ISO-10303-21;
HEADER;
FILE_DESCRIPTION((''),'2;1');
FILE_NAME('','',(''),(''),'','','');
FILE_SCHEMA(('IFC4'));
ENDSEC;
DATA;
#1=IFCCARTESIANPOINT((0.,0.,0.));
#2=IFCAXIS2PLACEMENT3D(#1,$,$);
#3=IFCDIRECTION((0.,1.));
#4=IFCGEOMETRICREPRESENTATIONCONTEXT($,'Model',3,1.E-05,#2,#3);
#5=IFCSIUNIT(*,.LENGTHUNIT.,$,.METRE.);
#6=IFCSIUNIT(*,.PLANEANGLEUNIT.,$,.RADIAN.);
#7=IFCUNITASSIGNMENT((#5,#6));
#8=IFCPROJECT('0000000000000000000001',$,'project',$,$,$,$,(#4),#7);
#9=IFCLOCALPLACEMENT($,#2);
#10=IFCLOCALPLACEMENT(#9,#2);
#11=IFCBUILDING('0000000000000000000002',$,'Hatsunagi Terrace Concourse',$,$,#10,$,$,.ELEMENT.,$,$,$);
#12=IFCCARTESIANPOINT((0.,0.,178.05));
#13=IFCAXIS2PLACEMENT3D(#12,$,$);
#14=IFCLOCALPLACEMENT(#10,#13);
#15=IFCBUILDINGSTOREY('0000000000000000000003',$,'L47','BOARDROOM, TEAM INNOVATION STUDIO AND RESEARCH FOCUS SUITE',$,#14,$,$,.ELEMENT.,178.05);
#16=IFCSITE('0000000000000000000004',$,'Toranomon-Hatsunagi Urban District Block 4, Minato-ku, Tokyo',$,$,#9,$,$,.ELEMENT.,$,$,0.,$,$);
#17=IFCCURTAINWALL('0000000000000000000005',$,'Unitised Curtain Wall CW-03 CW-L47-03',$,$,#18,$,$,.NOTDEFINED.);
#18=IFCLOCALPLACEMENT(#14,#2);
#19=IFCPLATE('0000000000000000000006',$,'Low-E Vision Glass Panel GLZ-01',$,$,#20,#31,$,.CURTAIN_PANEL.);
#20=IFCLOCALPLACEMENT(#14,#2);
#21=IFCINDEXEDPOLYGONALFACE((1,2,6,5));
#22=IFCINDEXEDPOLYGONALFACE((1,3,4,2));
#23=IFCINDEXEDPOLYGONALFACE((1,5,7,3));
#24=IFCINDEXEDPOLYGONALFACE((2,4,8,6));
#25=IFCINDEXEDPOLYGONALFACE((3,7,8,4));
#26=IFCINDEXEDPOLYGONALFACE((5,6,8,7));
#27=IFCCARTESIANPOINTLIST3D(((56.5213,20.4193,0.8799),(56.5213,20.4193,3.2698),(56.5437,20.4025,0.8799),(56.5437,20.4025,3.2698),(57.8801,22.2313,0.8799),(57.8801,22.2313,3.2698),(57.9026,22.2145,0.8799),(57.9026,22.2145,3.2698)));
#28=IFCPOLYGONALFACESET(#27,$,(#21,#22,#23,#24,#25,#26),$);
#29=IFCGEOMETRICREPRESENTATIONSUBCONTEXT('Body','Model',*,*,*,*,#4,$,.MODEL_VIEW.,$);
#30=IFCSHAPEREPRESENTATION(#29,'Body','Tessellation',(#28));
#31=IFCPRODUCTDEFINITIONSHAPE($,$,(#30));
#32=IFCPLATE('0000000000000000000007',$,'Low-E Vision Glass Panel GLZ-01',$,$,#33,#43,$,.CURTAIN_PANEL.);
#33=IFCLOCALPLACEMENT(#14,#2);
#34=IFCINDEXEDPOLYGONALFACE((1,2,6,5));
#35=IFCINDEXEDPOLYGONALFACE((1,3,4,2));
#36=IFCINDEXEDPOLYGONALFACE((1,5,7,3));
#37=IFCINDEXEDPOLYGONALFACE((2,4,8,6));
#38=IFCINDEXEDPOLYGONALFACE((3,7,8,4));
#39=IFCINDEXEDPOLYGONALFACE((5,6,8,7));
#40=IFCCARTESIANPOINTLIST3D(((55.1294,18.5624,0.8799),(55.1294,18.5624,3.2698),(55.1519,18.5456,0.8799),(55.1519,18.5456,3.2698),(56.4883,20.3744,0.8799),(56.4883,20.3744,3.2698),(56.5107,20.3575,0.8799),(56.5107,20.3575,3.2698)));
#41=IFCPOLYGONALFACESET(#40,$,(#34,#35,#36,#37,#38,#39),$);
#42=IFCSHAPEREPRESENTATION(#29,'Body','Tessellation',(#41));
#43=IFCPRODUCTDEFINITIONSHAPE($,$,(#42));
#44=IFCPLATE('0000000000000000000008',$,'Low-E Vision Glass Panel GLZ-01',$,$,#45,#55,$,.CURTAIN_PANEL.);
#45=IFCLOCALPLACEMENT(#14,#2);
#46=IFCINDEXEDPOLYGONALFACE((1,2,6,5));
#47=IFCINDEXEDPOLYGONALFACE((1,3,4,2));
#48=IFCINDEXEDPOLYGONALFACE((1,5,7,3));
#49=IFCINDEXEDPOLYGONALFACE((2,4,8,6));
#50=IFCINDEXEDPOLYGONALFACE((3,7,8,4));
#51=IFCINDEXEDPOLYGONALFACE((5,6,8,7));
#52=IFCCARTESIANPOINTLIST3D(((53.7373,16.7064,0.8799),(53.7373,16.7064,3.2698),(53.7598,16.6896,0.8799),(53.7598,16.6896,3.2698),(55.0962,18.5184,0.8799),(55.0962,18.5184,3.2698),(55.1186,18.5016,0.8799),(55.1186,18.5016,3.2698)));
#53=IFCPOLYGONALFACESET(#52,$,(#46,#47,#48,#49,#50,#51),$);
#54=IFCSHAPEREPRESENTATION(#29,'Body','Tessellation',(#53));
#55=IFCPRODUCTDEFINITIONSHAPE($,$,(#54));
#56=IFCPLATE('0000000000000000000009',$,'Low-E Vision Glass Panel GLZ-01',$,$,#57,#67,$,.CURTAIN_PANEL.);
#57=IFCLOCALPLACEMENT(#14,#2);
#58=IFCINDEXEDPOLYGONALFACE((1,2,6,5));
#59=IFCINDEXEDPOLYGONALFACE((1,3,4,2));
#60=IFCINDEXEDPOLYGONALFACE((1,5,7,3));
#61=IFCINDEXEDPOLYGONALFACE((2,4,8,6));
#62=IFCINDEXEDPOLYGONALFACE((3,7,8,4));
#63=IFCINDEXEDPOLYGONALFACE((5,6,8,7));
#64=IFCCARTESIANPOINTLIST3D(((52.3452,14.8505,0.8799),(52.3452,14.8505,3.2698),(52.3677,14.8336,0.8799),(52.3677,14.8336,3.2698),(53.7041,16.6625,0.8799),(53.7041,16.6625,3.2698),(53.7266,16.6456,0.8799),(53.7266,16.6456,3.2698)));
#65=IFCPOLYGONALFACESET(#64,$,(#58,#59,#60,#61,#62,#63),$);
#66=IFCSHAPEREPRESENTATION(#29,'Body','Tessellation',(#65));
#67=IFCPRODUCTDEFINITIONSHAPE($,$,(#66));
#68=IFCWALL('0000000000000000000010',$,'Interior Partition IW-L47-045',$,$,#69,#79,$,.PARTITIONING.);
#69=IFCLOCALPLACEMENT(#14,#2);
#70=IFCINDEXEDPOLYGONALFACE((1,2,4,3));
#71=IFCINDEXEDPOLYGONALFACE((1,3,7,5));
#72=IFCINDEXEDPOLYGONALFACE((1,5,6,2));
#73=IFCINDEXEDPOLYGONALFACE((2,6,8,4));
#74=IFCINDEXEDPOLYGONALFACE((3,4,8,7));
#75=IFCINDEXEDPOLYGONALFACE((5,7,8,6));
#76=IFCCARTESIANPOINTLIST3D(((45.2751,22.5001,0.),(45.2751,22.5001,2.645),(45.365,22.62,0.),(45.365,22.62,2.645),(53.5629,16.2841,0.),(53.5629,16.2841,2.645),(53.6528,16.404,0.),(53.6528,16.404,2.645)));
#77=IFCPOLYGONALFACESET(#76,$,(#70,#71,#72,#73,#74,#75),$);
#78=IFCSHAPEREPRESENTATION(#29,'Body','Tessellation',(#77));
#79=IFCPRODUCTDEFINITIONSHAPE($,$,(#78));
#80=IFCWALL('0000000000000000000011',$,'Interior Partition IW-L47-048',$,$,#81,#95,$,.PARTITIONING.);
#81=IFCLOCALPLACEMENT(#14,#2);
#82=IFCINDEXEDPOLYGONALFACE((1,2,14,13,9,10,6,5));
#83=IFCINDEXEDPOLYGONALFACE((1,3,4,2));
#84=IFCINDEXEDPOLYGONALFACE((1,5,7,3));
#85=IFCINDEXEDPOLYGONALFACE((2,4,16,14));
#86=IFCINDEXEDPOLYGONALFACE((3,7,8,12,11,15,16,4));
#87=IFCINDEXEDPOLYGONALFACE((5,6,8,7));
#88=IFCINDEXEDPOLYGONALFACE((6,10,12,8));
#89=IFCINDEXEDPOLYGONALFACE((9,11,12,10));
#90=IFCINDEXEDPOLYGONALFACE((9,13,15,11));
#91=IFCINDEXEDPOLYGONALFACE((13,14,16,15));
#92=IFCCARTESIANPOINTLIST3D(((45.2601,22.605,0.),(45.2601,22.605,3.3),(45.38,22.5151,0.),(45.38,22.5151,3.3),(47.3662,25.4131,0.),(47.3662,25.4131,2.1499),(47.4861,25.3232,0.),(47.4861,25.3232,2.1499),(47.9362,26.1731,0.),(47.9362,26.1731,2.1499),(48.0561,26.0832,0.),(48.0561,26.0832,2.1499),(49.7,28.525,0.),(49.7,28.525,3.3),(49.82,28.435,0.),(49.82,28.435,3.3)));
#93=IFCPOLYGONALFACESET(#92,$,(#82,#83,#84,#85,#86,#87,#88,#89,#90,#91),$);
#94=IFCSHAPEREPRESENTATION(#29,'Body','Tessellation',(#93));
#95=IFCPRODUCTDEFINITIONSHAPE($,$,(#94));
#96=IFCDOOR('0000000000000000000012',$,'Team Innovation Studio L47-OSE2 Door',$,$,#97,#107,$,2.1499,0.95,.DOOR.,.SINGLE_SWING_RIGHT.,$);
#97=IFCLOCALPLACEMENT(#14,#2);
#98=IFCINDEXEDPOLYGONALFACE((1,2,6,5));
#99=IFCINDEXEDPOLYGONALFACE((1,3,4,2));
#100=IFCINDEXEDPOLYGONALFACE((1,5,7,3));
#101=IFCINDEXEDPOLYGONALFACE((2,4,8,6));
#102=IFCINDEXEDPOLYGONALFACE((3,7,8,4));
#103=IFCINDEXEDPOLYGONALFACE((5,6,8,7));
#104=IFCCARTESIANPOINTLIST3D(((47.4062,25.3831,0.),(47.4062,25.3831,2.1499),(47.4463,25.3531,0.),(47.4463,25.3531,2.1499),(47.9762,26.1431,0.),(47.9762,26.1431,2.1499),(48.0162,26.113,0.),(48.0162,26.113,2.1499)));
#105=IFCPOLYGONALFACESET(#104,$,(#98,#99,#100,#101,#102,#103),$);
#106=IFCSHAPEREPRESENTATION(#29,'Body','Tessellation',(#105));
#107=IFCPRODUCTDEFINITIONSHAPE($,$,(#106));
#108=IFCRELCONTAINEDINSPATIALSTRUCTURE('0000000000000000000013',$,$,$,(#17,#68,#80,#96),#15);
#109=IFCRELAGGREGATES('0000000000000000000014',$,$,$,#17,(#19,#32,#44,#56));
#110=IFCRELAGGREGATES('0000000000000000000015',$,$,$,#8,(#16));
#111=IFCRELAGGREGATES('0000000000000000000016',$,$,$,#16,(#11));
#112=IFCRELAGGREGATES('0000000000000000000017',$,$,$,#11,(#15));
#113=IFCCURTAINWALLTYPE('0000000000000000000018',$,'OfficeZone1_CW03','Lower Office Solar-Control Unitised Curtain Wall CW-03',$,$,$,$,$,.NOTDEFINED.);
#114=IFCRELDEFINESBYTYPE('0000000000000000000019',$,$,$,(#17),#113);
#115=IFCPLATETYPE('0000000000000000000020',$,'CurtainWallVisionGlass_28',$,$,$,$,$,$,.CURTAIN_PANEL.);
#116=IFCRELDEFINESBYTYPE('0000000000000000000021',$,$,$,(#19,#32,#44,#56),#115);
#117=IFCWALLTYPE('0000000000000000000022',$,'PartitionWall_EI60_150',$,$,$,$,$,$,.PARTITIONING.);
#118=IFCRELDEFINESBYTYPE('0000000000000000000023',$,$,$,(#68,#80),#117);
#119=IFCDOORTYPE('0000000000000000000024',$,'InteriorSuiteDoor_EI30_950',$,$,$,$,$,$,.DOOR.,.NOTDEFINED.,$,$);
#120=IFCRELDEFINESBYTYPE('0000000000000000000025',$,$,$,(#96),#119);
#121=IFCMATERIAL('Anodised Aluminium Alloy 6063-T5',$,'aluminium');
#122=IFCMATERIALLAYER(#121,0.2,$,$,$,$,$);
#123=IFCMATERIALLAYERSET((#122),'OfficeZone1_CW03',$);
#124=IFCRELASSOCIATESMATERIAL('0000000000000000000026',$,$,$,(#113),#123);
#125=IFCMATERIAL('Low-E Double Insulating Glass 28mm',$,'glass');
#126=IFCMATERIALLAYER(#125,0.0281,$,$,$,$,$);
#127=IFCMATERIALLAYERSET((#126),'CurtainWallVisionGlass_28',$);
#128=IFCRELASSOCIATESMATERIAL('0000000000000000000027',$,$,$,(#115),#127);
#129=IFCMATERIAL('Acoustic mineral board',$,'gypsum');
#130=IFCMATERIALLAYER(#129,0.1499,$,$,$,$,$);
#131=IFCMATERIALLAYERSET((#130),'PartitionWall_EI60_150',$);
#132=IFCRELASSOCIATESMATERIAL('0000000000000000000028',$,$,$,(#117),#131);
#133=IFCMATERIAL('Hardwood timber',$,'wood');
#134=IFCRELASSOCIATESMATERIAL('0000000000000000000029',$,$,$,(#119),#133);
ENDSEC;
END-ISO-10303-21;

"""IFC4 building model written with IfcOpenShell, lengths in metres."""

from ifc_helpers import new_model, si_unit, direction, frame, frame_2d, origin, origin_2d, place, context, subcontext, project, spatial, rectangle, extrude, material, layer, layer_set, type_object, element, fill, aggregate, save


model = new_model("IFC4")

# Units and contexts
model_context = context("Model", 3, precision=1e-05, world=origin(), true_north=direction((0.0, 1.0)))
body_context = subcontext(model_context, "Body", "Model", "MODEL_VIEW")
ifc_project = project(units=[si_unit("LENGTHUNIT", "METRE"), si_unit("PLANEANGLEUNIT", "RADIAN")], contexts=[model_context])

# Site, building, storey
site_placement = place(None, origin())
site = spatial("IfcSite", under=ifc_project, at=site_placement, Name="Toranomon-Hatsunagi Urban District Block 4, Minato-ku, Tokyo", CompositionType="ELEMENT", RefElevation=0.0)
building_placement = place(site_placement, origin())
building = spatial("IfcBuilding", under=site, at=building_placement, Name="Hatsunagi Terrace Concourse", CompositionType="ELEMENT")
storey_placement = place(building_placement, frame((0.0, 0.0, 178.05)))
storey = spatial("IfcBuildingStorey", under=building, at=storey_placement, Name="L47", Description="BOARDROOM, TEAM INNOVATION STUDIO AND RESEARCH FOCUS SUITE", CompositionType="ELEMENT", Elevation=178.05)

# Curtain wall
ifc_material_1 = material(Name="Anodised Aluminium Alloy 6063-T5", Category="aluminium")
ifc_layer_1 = layer(ifc_material_1, 0.2)
ifc_layer_set_1 = layer_set([ifc_layer_1], Name="OfficeZone1_CW03")
curtain_wall_type = type_object("IfcCurtainWallType", Name="OfficeZone1_CW03", Description="Lower Office Solar-Control Unitised Curtain Wall CW-03", PredefinedType="NOTDEFINED", material=ifc_layer_set_1)
curtain_wall_placement = place(storey_placement, origin())
curtain_wall = element("IfcCurtainWall", 1, at=curtain_wall_placement, inside=storey, type_object=curtain_wall_type, Name="Unitised Curtain Wall CW-03 CW-L47-03", PredefinedType="NOTDEFINED")

# Plates
ifc_material_2 = material(Name="Low-E Double Insulating Glass 28mm", Category="glass")
ifc_layer_2 = layer(ifc_material_2, 0.0281)
ifc_layer_set_2 = layer_set([ifc_layer_2], Name="CurtainWallVisionGlass_28")
plate_type_1 = type_object("IfcPlateType", Name="CurtainWallVisionGlass_28", PredefinedType="CURTAIN_PANEL", material=ifc_layer_set_2)
plate_1_placement = place(storey_placement, frame((57.2119, 21.3169, 0.8799), z_axis=(0.0, 0.0, 1.0), x_axis=(-0.599969, -0.800023, 0.0)))
plate_1 = element("IfcPlate", 2, at=plate_1_placement, type_object=plate_type_1, Name="Low-E Vision Glass Panel GLZ-01", PredefinedType="CURTAIN_PANEL", context=body_context, shape_type="SweptSolid", body=[
    extrude(rectangle(XDim=2.2649, YDim=0.0281, at=origin_2d()), origin(), (0.0, 0.0, 1.0), 2.3899),
])
plate_2_placement = place(storey_placement, frame((55.8201, 19.46, 0.8799), z_axis=(0.0, 0.0, 1.0), x_axis=(-0.599969, -0.800023, 0.0)))
plate_2 = element("IfcPlate", 3, at=plate_2_placement, type_object=plate_type_1, Name="Low-E Vision Glass Panel GLZ-01", PredefinedType="CURTAIN_PANEL", context=body_context, shape_type="SweptSolid", body=[
    extrude(rectangle(XDim=2.2649, YDim=0.0281, at=origin_2d()), origin(), (0.0, 0.0, 1.0), 2.3899),
])
plate_3_placement = place(storey_placement, frame((54.428, 17.604, 0.8799), z_axis=(0.0, 0.0, 1.0), x_axis=(-0.599969, -0.800023, 0.0)))
plate_3 = element("IfcPlate", 4, at=plate_3_placement, type_object=plate_type_1, Name="Low-E Vision Glass Panel GLZ-01", PredefinedType="CURTAIN_PANEL", context=body_context, shape_type="SweptSolid", body=[
    extrude(rectangle(XDim=2.2649, YDim=0.0281, at=origin_2d()), origin(), (0.0, 0.0, 1.0), 2.3899),
])
plate_4_placement = place(storey_placement, frame((53.0359, 15.748, 0.8799), z_axis=(0.0, 0.0, 1.0), x_axis=(-0.599969, -0.800023, 0.0)))
plate_4 = element("IfcPlate", 5, at=plate_4_placement, type_object=plate_type_1, Name="Low-E Vision Glass Panel GLZ-01", PredefinedType="CURTAIN_PANEL", context=body_context, shape_type="SweptSolid", body=[
    extrude(rectangle(XDim=2.2649, YDim=0.0281, at=origin_2d()), origin(), (0.0, 0.0, 1.0), 2.3899),
])
aggregate(curtain_wall, [plate_1, plate_2, plate_3, plate_4])

# Wall
ifc_material_3 = material(Name="Acoustic mineral board", Category="gypsum")
ifc_layer_3 = layer(ifc_material_3, 0.1499)
ifc_layer_set_3 = layer_set([ifc_layer_3], Name="PartitionWall_EI60_150")
wall_type = type_object("IfcWallType", Name="PartitionWall_EI60_150", PredefinedType="PARTITIONING", material=ifc_layer_set_3)
wall_1_placement = place(storey_placement, frame((45.3201, 22.5601, 0.0), z_axis=(0.0, 0.0, 1.0), x_axis=(0.799992, -0.600011, 0.0)))
element("IfcWall", 6, at=wall_1_placement, inside=storey, type_object=wall_type, Name="Interior Partition IW-L47-045", PredefinedType="PARTITIONING", context=body_context, shape_type="SweptSolid", body=[
    extrude(rectangle(XDim=10.3599, YDim=0.1499, at=frame_2d((5.1799, 0.0))), origin(), (0.0, 0.0, 1.0), 2.645),
])

# Wall, opening, door
wall_2_placement = place(storey_placement, frame((45.3201, 22.5601, 0.0), z_axis=(0.0, 0.0, 1.0), x_axis=(0.6, 0.8, 0.0)))
wall_2 = element("IfcWall", 7, at=wall_2_placement, inside=storey, type_object=wall_type, Name="Interior Partition IW-L47-048", PredefinedType="PARTITIONING", context=body_context, shape_type="SweptSolid", body=[
    extrude(rectangle(XDim=7.3999, YDim=0.1499, at=frame_2d((3.7, 0.0))), origin(), (0.0, 0.0, 1.0), 3.3),
])
opening_placement = place(wall_2_placement, frame((3.51, 0.0, 0.0)))
opening = element("IfcOpeningElement", 8, at=opening_placement, cuts=wall_2, PredefinedType="OPENING", context=body_context, shape_type="SweptSolid", body=[
    extrude(rectangle(XDim=0.95, YDim=2.1499, at=frame_2d((0.4751, 1.075))), frame((0.0, 0.085, 0.0), z_axis=(0.0, -1.0, 0.0), x_axis=(1.0, 0.0, 0.0)), (0.0, 0.0, 1.0), 0.1699),
])
ifc_material_4 = material(Name="Hardwood timber", Category="wood")
door_type = type_object("IfcDoorType", Name="InteriorSuiteDoor_EI30_950", OperationType="NOTDEFINED", PredefinedType="DOOR", material=ifc_material_4)
door_placement = place(opening_placement, origin())
door = element("IfcDoor", 9, at=door_placement, inside=storey, type_object=door_type, Name="Team Innovation Studio L47-OSE2 Door", OperationType="SINGLE_SWING_RIGHT", OverallHeight=2.1499, OverallWidth=0.95, PredefinedType="DOOR", context=body_context, shape_type="SweptSolid", body=[
    extrude(rectangle(XDim=0.95, YDim=2.1499, at=frame_2d((0.4751, 1.075))), frame((0.0, 0.0249, 0.0), z_axis=(0.0, -1.0, 0.0), x_axis=(1.0, 0.0, 0.0)), (0.0, 0.0, 1.0), 0.05),
])
fill(opening, door)

save(model, "model.ifc")
